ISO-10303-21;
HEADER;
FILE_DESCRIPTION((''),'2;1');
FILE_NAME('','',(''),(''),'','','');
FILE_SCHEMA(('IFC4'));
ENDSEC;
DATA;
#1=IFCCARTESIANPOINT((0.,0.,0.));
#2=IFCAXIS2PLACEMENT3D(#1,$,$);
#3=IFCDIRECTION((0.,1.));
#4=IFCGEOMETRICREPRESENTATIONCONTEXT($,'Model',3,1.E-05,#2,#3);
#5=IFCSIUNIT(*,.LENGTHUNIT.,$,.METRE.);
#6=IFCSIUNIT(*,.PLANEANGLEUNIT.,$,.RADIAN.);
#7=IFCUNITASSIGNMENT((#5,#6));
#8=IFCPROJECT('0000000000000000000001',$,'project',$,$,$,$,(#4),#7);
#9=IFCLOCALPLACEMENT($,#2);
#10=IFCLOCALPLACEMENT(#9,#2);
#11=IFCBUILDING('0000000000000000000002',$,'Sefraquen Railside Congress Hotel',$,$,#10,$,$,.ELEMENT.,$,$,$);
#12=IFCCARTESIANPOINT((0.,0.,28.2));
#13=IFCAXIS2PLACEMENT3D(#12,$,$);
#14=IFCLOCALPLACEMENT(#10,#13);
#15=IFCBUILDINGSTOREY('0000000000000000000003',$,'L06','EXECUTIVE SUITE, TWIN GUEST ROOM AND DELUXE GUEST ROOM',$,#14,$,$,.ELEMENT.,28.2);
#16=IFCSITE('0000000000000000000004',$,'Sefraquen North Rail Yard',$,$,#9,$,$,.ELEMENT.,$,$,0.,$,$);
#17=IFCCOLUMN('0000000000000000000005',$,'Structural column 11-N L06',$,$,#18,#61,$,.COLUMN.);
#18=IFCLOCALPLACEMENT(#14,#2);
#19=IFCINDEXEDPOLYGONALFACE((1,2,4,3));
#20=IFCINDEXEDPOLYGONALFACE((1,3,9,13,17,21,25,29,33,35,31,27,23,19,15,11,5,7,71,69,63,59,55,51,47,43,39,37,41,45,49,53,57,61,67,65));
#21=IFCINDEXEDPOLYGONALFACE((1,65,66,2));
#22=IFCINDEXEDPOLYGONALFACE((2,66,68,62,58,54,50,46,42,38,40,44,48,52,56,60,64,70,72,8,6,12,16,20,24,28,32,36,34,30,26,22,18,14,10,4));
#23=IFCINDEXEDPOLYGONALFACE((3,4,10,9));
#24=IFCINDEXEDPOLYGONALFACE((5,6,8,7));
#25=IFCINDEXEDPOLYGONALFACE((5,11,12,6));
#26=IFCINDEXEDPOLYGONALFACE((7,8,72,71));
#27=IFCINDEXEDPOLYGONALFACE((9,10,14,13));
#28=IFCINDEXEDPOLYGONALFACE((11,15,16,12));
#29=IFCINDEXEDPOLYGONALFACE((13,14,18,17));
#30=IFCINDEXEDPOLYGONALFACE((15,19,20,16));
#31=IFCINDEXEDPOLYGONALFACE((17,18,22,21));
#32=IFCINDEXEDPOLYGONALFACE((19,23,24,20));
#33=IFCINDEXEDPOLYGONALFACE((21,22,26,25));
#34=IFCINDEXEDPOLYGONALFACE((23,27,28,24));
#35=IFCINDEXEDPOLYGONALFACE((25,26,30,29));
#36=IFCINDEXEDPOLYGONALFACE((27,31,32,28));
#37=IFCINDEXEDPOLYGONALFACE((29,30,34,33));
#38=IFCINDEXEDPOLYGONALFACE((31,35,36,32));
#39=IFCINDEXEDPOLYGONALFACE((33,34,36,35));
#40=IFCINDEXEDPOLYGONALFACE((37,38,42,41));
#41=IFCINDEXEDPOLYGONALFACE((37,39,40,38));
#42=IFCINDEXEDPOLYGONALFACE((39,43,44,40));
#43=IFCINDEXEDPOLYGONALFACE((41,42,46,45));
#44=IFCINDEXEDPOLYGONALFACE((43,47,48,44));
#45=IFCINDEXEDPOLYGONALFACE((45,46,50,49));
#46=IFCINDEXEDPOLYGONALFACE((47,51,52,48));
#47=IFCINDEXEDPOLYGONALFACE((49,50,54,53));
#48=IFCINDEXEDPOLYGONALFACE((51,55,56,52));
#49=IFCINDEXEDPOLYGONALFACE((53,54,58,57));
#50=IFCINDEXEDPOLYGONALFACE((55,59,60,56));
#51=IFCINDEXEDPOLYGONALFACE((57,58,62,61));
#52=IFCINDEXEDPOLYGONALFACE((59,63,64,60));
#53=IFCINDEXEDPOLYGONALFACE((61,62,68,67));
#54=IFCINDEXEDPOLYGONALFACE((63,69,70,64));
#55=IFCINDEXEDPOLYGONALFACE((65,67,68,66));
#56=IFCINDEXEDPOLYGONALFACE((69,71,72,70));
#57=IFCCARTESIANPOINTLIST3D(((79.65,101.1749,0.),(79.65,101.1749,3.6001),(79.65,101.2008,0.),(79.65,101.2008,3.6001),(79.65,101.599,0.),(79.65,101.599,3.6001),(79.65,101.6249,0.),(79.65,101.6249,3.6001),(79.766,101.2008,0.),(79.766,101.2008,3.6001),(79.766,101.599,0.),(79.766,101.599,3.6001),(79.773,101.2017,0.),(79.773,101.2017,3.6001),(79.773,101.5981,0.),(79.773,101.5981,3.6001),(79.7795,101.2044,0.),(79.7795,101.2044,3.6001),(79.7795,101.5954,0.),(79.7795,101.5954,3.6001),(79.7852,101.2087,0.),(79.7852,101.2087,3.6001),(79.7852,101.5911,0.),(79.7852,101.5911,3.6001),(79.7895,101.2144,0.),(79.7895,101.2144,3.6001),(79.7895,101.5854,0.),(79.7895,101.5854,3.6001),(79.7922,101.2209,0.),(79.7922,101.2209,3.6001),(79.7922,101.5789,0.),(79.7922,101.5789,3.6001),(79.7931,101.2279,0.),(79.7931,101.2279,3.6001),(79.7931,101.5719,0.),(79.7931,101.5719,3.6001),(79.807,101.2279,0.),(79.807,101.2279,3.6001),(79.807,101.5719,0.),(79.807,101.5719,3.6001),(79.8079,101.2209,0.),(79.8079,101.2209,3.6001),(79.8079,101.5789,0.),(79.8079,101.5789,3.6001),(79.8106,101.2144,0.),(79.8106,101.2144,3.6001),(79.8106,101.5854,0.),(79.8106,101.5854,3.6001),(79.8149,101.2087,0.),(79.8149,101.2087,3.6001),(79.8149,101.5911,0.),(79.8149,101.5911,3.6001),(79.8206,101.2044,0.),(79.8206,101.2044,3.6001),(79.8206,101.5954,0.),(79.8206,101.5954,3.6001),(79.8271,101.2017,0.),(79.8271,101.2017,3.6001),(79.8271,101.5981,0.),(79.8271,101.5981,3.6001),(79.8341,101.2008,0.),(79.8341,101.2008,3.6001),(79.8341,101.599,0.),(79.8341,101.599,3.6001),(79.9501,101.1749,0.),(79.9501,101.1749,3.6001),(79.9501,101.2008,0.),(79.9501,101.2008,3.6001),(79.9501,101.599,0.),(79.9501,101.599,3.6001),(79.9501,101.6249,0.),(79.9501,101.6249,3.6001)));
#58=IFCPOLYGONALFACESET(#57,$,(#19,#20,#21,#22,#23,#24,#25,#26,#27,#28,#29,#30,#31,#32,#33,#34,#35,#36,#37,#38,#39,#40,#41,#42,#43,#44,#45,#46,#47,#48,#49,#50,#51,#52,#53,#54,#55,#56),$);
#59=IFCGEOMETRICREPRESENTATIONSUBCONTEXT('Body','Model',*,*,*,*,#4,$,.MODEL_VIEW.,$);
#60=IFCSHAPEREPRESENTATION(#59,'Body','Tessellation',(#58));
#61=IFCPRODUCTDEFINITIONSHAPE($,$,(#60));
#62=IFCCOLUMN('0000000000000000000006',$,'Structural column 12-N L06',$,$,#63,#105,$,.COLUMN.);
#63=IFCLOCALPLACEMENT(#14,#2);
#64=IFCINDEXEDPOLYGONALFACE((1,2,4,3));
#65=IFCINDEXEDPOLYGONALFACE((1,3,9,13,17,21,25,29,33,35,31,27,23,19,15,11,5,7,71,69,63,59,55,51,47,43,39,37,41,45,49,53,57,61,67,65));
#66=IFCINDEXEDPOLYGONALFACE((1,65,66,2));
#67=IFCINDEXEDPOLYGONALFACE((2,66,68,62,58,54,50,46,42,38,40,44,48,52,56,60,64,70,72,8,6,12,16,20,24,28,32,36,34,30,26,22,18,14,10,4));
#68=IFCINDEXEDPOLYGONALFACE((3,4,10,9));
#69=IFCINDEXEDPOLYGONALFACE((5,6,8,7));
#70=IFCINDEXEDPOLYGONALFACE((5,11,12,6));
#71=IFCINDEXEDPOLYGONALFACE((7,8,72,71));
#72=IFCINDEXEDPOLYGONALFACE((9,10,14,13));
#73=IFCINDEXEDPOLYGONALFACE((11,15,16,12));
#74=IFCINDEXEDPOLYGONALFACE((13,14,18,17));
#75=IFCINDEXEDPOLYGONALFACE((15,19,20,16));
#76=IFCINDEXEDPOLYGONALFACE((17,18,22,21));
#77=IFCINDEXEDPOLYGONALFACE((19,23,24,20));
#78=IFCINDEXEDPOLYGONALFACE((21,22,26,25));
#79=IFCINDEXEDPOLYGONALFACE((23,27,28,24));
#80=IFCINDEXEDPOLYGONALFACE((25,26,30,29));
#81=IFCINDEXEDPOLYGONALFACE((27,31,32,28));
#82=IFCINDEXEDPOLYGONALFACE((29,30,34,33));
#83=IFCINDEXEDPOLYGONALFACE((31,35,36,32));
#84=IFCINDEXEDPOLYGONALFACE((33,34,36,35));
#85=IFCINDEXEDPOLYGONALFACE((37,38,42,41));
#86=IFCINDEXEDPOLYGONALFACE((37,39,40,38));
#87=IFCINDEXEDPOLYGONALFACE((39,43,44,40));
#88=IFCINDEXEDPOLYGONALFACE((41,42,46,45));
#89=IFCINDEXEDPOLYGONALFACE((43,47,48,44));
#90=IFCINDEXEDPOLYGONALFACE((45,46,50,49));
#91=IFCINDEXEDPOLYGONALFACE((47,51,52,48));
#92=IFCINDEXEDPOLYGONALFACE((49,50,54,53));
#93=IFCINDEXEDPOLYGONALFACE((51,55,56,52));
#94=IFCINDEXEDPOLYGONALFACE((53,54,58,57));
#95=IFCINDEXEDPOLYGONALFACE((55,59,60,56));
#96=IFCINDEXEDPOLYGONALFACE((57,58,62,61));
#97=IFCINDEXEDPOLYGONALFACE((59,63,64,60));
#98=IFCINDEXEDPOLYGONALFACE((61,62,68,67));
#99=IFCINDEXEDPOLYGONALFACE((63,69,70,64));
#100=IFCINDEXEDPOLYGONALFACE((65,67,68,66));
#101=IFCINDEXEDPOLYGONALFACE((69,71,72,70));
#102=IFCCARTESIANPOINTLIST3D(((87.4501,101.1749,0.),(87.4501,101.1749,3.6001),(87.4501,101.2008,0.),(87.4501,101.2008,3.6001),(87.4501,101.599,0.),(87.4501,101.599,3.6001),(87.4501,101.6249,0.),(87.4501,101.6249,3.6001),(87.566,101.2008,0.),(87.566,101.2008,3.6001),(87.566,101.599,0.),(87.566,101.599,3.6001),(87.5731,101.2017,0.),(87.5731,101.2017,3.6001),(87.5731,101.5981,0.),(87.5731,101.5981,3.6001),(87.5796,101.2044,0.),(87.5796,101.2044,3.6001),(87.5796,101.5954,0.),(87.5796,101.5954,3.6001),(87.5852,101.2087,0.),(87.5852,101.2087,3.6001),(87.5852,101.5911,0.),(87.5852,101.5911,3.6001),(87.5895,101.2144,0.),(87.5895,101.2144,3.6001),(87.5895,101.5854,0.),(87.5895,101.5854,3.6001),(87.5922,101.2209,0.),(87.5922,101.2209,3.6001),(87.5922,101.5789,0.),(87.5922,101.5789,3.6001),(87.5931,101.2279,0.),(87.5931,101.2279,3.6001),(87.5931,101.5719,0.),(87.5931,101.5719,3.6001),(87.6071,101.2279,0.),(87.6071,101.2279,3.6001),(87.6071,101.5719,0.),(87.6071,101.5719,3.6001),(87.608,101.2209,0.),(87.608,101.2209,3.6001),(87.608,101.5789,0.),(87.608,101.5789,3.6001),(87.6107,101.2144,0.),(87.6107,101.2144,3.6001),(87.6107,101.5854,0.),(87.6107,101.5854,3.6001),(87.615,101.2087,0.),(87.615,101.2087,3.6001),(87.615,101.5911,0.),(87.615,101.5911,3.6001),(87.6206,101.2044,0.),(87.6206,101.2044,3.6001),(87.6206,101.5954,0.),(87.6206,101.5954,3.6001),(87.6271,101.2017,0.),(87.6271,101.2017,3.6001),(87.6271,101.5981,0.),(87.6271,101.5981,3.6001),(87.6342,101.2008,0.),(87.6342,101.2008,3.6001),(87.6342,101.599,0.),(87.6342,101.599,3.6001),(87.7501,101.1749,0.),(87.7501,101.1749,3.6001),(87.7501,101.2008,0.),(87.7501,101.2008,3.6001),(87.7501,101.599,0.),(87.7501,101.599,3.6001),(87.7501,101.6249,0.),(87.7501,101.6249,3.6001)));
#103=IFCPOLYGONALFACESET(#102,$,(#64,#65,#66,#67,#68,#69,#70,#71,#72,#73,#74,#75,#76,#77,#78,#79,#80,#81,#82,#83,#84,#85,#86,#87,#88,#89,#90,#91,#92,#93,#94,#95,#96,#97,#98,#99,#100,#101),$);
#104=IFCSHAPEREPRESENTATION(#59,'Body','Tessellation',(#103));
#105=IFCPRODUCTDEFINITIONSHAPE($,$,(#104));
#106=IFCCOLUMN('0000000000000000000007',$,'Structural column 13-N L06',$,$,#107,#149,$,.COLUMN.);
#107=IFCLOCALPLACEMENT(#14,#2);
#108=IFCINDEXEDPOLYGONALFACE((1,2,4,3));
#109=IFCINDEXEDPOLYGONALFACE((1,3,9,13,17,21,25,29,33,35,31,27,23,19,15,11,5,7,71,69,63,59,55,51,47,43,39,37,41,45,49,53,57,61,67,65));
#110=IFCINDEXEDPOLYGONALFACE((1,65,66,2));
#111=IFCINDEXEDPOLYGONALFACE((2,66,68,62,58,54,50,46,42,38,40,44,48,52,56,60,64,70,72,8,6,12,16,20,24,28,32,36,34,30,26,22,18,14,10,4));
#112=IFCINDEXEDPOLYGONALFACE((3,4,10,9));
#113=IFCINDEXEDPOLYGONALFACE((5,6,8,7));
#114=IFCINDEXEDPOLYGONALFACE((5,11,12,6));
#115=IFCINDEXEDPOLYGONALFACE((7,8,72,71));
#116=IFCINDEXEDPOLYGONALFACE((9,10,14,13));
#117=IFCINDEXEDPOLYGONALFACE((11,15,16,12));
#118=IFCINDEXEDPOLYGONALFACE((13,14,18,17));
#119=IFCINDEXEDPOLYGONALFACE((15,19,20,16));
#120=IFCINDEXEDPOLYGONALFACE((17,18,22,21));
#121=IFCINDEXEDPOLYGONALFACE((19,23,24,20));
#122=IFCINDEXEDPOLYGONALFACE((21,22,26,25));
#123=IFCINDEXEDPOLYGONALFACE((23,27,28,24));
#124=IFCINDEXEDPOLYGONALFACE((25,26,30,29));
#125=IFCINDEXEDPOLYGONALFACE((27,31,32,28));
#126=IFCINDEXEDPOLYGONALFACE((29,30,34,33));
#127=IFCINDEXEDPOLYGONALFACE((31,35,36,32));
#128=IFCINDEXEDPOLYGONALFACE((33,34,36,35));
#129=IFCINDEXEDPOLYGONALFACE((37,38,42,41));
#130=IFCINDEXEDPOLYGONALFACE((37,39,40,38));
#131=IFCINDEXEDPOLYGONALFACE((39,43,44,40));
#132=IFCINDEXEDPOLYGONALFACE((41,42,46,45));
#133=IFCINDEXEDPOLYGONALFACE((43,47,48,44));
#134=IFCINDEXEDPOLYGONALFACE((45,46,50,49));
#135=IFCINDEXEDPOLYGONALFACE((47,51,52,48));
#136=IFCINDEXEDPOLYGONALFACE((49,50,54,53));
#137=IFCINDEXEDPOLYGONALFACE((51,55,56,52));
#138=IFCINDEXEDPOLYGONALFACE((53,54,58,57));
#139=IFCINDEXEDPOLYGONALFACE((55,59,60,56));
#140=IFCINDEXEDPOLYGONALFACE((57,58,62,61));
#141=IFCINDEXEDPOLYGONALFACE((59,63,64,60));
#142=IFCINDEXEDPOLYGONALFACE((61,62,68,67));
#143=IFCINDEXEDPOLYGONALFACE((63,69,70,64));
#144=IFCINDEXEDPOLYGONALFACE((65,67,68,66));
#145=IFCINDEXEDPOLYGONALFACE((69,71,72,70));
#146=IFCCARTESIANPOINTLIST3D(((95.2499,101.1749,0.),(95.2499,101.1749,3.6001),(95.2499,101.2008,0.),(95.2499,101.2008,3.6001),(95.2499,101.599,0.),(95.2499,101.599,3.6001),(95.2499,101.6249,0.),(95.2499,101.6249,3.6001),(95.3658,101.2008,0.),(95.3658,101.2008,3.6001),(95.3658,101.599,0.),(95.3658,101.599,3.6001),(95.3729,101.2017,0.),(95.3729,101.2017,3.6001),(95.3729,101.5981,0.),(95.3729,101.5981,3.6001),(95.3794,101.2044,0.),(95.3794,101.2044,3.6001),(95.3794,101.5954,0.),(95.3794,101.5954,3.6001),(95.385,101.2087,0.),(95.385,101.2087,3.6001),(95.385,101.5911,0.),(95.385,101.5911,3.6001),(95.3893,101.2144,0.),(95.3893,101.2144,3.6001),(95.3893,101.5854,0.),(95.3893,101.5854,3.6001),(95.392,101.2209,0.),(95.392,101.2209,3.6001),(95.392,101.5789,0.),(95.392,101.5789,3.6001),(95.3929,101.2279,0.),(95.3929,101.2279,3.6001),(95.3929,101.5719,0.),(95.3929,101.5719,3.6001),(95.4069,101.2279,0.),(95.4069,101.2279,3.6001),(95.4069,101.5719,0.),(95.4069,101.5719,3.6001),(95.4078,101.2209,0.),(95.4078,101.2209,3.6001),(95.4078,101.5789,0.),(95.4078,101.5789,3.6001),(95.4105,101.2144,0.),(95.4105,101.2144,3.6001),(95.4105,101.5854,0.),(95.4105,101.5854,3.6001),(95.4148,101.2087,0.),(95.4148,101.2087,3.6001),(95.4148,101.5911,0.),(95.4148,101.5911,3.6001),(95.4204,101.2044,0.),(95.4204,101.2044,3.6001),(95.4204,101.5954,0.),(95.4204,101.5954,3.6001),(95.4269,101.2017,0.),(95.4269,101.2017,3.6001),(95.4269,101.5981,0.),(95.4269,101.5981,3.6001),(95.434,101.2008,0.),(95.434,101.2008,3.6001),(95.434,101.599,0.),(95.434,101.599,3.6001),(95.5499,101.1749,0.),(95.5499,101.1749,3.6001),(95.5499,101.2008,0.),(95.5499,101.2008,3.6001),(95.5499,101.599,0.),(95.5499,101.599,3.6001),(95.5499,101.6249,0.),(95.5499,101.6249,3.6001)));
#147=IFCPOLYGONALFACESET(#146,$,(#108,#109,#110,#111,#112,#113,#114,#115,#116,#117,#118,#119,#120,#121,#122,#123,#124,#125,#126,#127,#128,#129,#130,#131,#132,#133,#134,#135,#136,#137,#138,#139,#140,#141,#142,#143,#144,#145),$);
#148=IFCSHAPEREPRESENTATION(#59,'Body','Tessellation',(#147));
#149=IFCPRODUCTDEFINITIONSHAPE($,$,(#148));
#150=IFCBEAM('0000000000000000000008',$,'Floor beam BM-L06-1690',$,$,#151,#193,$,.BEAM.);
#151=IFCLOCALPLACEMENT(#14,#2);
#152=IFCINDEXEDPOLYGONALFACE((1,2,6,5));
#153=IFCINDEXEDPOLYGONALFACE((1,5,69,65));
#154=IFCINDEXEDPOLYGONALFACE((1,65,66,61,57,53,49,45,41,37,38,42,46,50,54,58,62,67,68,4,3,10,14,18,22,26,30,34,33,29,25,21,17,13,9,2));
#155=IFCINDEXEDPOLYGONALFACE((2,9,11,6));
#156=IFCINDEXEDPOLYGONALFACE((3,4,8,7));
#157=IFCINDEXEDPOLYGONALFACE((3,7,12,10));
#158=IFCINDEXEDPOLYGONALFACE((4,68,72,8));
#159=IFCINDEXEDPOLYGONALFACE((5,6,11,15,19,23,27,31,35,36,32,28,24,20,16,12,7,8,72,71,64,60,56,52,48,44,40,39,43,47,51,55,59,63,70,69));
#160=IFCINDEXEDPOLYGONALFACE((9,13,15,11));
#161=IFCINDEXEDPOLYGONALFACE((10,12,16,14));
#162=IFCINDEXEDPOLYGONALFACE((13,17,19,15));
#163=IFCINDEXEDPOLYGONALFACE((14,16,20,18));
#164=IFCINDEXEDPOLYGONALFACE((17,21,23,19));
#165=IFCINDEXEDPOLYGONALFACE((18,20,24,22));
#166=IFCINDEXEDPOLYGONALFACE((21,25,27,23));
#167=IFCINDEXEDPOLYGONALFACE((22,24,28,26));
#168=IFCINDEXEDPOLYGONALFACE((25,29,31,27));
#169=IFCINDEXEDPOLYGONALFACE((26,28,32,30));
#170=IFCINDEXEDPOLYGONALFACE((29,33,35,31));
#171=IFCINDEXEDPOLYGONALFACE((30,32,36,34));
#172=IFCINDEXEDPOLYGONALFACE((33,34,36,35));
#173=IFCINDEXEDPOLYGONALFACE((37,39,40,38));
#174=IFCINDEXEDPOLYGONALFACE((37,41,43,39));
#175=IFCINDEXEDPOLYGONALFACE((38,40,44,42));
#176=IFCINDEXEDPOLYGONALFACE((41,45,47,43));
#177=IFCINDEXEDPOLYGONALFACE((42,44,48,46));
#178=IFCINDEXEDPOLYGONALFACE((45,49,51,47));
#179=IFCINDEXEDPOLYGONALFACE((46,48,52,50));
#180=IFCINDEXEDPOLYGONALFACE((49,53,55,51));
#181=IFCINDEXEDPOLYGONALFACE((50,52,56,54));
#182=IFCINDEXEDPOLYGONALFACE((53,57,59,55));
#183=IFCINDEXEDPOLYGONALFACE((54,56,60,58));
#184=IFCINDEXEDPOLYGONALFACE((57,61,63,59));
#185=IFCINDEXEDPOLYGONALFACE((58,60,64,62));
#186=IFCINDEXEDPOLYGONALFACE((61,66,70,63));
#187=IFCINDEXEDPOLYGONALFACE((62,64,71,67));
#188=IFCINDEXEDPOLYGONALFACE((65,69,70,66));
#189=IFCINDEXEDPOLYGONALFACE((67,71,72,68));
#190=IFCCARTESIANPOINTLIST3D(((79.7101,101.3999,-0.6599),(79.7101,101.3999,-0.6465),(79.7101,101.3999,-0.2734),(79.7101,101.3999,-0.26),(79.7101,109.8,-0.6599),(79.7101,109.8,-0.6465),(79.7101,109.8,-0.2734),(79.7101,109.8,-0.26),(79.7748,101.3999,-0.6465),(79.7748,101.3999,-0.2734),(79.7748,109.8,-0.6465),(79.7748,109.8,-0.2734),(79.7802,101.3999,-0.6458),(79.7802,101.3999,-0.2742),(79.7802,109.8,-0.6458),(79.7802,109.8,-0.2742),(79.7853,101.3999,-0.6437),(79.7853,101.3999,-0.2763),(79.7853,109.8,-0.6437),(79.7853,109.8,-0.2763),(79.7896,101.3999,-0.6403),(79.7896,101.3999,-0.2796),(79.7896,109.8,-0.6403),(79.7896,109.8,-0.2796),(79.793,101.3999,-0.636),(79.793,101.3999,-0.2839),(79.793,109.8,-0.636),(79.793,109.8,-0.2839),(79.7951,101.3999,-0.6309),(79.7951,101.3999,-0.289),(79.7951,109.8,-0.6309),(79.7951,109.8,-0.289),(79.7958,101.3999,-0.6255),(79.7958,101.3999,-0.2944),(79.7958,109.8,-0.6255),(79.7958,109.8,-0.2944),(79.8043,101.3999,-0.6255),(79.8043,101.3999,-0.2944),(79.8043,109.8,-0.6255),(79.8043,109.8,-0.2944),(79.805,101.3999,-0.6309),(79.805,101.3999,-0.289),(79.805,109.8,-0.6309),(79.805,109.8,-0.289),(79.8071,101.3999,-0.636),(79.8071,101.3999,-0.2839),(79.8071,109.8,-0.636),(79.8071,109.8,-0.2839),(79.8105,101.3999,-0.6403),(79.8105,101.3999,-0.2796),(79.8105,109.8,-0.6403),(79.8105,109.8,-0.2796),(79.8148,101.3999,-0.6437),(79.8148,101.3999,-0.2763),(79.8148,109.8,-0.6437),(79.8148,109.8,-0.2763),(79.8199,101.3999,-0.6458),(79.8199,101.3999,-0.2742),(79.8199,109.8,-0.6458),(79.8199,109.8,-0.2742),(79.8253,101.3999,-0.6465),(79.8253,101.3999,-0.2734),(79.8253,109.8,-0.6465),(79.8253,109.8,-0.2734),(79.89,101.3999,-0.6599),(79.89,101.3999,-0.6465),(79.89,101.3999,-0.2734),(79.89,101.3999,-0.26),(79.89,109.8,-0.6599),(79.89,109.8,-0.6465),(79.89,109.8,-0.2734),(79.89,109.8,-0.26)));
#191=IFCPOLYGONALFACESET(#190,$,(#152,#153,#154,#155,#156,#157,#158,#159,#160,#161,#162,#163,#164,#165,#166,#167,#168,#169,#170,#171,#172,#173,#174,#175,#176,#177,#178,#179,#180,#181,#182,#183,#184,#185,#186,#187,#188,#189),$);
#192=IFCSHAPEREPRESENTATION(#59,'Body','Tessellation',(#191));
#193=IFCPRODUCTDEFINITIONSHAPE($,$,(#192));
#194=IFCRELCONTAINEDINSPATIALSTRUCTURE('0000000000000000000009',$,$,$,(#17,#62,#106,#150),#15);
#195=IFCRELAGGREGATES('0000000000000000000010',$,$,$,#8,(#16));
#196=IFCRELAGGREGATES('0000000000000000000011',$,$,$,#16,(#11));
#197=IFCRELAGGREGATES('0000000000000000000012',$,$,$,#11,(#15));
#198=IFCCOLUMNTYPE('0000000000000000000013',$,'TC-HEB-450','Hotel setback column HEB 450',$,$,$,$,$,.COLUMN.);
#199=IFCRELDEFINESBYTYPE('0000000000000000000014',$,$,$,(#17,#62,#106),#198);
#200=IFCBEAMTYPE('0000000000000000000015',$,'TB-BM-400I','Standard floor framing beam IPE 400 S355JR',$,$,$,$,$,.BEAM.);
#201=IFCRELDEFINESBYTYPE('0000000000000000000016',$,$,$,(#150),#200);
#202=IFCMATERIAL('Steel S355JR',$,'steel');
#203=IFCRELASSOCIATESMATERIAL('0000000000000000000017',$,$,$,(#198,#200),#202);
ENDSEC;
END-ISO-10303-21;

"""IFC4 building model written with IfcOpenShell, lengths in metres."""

from ifc_helpers import new_model, si_unit, direction, frame, origin, origin_2d, place, context, subcontext, project, spatial, i_section, extrude, material, material_profile, profile_set, type_object, element, save


model = new_model("IFC4")

# Units and contexts
model_context = context("Model", 3, precision=1e-05, world=origin(), true_north=direction((0.0, 1.0)))
body_context = subcontext(model_context, "Body", "Model", "MODEL_VIEW")
ifc_project = project(units=[si_unit("LENGTHUNIT", "METRE"), si_unit("PLANEANGLEUNIT", "RADIAN")], contexts=[model_context])

# Site, building, storey
site_placement = place(None, origin())
site = spatial("IfcSite", under=ifc_project, at=site_placement, Name="Sefraquen North Rail Yard", CompositionType="ELEMENT", RefElevation=0.0)
building_placement = place(site_placement, origin())
building = spatial("IfcBuilding", under=site, at=building_placement, Name="Sefraquen Railside Congress Hotel", CompositionType="ELEMENT")
storey_placement = place(building_placement, frame((0.0, 0.0, 28.2)))
storey = spatial("IfcBuildingStorey", under=building, at=storey_placement, Name="L06", Description="EXECUTIVE SUITE, TWIN GUEST ROOM AND DELUXE GUEST ROOM", CompositionType="ELEMENT", Elevation=28.2)

# Columns
ifc_material_1 = material(Name="Steel S355JR", Category="steel")
ifc_material_profile_1 = material_profile(ifc_material_1, i_section(OverallWidth=0.3, OverallDepth=0.45, WebThickness=0.0139, FlangeThickness=0.0259, FilletRadius=0.0271, at=origin_2d()), Name="HEB 450")
ifc_profile_set_1 = profile_set([ifc_material_profile_1], Name="Steel S355JR")
column_type = type_object("IfcColumnType", Name="TC-HEB-450", Description="Hotel setback column HEB 450", PredefinedType="COLUMN", material=ifc_profile_set_1)
for number, where, z_axis, x_axis, name in (
    (1, (79.8, 101.3999, 0.0), (0.0, 0.0, 1.0), (1.0, 0.0, 0.0), "Structural column 11-N L06"),
    (2, (87.6001, 101.3999, 0.0), (0.0, 0.0, 1.0), (1.0, 0.0, 0.0), "Structural column 12-N L06"),
    (3, (95.3999, 101.3999, 0.0), (0.0, 0.0, 1.0), (1.0, 0.0, 0.0), "Structural column 13-N L06"),
):
    element("IfcColumn", number, at=place(storey_placement, frame(where, z_axis=z_axis, x_axis=x_axis)), inside=storey, type_object=column_type, Name=name, PredefinedType="COLUMN", context=body_context, shape_type="SweptSolid", body=[
        extrude(i_section(OverallWidth=0.3, OverallDepth=0.45, WebThickness=0.0139, FlangeThickness=0.0259, FilletRadius=0.0271, at=origin_2d()), origin(), (0.0, 0.0, 1.0), 3.6001),
    ])

# Beam
ifc_material_profile_2 = material_profile(ifc_material_1, i_section(OverallWidth=0.1799, OverallDepth=0.3999, WebThickness=0.0085, FlangeThickness=0.0134, FilletRadius=0.021, at=origin_2d()), Name="IPE 400")
ifc_profile_set_2 = profile_set([ifc_material_profile_2], Name="Steel S355JR")
beam_type_1 = type_object("IfcBeamType", Name="TB-BM-400I", Description="Standard floor framing beam IPE 400 S355JR", PredefinedType="BEAM", material=ifc_profile_set_2)
for number, where, z_axis, x_axis, name in (
    (4, (79.8, 101.3999, -0.46), (0.0, 1.0, 0.0), (-1.0, 0.0, 0.0), "Floor beam BM-L06-1690"),
):
    element("IfcBeam", number, at=place(storey_placement, frame(where, z_axis=z_axis, x_axis=x_axis)), inside=storey, type_object=beam_type_1, Name=name, PredefinedType="BEAM", context=body_context, shape_type="SweptSolid", body=[
        extrude(i_section(OverallWidth=0.1799, OverallDepth=0.3999, WebThickness=0.0085, FlangeThickness=0.0134, FilletRadius=0.021, at=origin_2d()), origin(), (0.0, 0.0, 1.0), 8.4001),
    ])

save(model, "model.ifc")
